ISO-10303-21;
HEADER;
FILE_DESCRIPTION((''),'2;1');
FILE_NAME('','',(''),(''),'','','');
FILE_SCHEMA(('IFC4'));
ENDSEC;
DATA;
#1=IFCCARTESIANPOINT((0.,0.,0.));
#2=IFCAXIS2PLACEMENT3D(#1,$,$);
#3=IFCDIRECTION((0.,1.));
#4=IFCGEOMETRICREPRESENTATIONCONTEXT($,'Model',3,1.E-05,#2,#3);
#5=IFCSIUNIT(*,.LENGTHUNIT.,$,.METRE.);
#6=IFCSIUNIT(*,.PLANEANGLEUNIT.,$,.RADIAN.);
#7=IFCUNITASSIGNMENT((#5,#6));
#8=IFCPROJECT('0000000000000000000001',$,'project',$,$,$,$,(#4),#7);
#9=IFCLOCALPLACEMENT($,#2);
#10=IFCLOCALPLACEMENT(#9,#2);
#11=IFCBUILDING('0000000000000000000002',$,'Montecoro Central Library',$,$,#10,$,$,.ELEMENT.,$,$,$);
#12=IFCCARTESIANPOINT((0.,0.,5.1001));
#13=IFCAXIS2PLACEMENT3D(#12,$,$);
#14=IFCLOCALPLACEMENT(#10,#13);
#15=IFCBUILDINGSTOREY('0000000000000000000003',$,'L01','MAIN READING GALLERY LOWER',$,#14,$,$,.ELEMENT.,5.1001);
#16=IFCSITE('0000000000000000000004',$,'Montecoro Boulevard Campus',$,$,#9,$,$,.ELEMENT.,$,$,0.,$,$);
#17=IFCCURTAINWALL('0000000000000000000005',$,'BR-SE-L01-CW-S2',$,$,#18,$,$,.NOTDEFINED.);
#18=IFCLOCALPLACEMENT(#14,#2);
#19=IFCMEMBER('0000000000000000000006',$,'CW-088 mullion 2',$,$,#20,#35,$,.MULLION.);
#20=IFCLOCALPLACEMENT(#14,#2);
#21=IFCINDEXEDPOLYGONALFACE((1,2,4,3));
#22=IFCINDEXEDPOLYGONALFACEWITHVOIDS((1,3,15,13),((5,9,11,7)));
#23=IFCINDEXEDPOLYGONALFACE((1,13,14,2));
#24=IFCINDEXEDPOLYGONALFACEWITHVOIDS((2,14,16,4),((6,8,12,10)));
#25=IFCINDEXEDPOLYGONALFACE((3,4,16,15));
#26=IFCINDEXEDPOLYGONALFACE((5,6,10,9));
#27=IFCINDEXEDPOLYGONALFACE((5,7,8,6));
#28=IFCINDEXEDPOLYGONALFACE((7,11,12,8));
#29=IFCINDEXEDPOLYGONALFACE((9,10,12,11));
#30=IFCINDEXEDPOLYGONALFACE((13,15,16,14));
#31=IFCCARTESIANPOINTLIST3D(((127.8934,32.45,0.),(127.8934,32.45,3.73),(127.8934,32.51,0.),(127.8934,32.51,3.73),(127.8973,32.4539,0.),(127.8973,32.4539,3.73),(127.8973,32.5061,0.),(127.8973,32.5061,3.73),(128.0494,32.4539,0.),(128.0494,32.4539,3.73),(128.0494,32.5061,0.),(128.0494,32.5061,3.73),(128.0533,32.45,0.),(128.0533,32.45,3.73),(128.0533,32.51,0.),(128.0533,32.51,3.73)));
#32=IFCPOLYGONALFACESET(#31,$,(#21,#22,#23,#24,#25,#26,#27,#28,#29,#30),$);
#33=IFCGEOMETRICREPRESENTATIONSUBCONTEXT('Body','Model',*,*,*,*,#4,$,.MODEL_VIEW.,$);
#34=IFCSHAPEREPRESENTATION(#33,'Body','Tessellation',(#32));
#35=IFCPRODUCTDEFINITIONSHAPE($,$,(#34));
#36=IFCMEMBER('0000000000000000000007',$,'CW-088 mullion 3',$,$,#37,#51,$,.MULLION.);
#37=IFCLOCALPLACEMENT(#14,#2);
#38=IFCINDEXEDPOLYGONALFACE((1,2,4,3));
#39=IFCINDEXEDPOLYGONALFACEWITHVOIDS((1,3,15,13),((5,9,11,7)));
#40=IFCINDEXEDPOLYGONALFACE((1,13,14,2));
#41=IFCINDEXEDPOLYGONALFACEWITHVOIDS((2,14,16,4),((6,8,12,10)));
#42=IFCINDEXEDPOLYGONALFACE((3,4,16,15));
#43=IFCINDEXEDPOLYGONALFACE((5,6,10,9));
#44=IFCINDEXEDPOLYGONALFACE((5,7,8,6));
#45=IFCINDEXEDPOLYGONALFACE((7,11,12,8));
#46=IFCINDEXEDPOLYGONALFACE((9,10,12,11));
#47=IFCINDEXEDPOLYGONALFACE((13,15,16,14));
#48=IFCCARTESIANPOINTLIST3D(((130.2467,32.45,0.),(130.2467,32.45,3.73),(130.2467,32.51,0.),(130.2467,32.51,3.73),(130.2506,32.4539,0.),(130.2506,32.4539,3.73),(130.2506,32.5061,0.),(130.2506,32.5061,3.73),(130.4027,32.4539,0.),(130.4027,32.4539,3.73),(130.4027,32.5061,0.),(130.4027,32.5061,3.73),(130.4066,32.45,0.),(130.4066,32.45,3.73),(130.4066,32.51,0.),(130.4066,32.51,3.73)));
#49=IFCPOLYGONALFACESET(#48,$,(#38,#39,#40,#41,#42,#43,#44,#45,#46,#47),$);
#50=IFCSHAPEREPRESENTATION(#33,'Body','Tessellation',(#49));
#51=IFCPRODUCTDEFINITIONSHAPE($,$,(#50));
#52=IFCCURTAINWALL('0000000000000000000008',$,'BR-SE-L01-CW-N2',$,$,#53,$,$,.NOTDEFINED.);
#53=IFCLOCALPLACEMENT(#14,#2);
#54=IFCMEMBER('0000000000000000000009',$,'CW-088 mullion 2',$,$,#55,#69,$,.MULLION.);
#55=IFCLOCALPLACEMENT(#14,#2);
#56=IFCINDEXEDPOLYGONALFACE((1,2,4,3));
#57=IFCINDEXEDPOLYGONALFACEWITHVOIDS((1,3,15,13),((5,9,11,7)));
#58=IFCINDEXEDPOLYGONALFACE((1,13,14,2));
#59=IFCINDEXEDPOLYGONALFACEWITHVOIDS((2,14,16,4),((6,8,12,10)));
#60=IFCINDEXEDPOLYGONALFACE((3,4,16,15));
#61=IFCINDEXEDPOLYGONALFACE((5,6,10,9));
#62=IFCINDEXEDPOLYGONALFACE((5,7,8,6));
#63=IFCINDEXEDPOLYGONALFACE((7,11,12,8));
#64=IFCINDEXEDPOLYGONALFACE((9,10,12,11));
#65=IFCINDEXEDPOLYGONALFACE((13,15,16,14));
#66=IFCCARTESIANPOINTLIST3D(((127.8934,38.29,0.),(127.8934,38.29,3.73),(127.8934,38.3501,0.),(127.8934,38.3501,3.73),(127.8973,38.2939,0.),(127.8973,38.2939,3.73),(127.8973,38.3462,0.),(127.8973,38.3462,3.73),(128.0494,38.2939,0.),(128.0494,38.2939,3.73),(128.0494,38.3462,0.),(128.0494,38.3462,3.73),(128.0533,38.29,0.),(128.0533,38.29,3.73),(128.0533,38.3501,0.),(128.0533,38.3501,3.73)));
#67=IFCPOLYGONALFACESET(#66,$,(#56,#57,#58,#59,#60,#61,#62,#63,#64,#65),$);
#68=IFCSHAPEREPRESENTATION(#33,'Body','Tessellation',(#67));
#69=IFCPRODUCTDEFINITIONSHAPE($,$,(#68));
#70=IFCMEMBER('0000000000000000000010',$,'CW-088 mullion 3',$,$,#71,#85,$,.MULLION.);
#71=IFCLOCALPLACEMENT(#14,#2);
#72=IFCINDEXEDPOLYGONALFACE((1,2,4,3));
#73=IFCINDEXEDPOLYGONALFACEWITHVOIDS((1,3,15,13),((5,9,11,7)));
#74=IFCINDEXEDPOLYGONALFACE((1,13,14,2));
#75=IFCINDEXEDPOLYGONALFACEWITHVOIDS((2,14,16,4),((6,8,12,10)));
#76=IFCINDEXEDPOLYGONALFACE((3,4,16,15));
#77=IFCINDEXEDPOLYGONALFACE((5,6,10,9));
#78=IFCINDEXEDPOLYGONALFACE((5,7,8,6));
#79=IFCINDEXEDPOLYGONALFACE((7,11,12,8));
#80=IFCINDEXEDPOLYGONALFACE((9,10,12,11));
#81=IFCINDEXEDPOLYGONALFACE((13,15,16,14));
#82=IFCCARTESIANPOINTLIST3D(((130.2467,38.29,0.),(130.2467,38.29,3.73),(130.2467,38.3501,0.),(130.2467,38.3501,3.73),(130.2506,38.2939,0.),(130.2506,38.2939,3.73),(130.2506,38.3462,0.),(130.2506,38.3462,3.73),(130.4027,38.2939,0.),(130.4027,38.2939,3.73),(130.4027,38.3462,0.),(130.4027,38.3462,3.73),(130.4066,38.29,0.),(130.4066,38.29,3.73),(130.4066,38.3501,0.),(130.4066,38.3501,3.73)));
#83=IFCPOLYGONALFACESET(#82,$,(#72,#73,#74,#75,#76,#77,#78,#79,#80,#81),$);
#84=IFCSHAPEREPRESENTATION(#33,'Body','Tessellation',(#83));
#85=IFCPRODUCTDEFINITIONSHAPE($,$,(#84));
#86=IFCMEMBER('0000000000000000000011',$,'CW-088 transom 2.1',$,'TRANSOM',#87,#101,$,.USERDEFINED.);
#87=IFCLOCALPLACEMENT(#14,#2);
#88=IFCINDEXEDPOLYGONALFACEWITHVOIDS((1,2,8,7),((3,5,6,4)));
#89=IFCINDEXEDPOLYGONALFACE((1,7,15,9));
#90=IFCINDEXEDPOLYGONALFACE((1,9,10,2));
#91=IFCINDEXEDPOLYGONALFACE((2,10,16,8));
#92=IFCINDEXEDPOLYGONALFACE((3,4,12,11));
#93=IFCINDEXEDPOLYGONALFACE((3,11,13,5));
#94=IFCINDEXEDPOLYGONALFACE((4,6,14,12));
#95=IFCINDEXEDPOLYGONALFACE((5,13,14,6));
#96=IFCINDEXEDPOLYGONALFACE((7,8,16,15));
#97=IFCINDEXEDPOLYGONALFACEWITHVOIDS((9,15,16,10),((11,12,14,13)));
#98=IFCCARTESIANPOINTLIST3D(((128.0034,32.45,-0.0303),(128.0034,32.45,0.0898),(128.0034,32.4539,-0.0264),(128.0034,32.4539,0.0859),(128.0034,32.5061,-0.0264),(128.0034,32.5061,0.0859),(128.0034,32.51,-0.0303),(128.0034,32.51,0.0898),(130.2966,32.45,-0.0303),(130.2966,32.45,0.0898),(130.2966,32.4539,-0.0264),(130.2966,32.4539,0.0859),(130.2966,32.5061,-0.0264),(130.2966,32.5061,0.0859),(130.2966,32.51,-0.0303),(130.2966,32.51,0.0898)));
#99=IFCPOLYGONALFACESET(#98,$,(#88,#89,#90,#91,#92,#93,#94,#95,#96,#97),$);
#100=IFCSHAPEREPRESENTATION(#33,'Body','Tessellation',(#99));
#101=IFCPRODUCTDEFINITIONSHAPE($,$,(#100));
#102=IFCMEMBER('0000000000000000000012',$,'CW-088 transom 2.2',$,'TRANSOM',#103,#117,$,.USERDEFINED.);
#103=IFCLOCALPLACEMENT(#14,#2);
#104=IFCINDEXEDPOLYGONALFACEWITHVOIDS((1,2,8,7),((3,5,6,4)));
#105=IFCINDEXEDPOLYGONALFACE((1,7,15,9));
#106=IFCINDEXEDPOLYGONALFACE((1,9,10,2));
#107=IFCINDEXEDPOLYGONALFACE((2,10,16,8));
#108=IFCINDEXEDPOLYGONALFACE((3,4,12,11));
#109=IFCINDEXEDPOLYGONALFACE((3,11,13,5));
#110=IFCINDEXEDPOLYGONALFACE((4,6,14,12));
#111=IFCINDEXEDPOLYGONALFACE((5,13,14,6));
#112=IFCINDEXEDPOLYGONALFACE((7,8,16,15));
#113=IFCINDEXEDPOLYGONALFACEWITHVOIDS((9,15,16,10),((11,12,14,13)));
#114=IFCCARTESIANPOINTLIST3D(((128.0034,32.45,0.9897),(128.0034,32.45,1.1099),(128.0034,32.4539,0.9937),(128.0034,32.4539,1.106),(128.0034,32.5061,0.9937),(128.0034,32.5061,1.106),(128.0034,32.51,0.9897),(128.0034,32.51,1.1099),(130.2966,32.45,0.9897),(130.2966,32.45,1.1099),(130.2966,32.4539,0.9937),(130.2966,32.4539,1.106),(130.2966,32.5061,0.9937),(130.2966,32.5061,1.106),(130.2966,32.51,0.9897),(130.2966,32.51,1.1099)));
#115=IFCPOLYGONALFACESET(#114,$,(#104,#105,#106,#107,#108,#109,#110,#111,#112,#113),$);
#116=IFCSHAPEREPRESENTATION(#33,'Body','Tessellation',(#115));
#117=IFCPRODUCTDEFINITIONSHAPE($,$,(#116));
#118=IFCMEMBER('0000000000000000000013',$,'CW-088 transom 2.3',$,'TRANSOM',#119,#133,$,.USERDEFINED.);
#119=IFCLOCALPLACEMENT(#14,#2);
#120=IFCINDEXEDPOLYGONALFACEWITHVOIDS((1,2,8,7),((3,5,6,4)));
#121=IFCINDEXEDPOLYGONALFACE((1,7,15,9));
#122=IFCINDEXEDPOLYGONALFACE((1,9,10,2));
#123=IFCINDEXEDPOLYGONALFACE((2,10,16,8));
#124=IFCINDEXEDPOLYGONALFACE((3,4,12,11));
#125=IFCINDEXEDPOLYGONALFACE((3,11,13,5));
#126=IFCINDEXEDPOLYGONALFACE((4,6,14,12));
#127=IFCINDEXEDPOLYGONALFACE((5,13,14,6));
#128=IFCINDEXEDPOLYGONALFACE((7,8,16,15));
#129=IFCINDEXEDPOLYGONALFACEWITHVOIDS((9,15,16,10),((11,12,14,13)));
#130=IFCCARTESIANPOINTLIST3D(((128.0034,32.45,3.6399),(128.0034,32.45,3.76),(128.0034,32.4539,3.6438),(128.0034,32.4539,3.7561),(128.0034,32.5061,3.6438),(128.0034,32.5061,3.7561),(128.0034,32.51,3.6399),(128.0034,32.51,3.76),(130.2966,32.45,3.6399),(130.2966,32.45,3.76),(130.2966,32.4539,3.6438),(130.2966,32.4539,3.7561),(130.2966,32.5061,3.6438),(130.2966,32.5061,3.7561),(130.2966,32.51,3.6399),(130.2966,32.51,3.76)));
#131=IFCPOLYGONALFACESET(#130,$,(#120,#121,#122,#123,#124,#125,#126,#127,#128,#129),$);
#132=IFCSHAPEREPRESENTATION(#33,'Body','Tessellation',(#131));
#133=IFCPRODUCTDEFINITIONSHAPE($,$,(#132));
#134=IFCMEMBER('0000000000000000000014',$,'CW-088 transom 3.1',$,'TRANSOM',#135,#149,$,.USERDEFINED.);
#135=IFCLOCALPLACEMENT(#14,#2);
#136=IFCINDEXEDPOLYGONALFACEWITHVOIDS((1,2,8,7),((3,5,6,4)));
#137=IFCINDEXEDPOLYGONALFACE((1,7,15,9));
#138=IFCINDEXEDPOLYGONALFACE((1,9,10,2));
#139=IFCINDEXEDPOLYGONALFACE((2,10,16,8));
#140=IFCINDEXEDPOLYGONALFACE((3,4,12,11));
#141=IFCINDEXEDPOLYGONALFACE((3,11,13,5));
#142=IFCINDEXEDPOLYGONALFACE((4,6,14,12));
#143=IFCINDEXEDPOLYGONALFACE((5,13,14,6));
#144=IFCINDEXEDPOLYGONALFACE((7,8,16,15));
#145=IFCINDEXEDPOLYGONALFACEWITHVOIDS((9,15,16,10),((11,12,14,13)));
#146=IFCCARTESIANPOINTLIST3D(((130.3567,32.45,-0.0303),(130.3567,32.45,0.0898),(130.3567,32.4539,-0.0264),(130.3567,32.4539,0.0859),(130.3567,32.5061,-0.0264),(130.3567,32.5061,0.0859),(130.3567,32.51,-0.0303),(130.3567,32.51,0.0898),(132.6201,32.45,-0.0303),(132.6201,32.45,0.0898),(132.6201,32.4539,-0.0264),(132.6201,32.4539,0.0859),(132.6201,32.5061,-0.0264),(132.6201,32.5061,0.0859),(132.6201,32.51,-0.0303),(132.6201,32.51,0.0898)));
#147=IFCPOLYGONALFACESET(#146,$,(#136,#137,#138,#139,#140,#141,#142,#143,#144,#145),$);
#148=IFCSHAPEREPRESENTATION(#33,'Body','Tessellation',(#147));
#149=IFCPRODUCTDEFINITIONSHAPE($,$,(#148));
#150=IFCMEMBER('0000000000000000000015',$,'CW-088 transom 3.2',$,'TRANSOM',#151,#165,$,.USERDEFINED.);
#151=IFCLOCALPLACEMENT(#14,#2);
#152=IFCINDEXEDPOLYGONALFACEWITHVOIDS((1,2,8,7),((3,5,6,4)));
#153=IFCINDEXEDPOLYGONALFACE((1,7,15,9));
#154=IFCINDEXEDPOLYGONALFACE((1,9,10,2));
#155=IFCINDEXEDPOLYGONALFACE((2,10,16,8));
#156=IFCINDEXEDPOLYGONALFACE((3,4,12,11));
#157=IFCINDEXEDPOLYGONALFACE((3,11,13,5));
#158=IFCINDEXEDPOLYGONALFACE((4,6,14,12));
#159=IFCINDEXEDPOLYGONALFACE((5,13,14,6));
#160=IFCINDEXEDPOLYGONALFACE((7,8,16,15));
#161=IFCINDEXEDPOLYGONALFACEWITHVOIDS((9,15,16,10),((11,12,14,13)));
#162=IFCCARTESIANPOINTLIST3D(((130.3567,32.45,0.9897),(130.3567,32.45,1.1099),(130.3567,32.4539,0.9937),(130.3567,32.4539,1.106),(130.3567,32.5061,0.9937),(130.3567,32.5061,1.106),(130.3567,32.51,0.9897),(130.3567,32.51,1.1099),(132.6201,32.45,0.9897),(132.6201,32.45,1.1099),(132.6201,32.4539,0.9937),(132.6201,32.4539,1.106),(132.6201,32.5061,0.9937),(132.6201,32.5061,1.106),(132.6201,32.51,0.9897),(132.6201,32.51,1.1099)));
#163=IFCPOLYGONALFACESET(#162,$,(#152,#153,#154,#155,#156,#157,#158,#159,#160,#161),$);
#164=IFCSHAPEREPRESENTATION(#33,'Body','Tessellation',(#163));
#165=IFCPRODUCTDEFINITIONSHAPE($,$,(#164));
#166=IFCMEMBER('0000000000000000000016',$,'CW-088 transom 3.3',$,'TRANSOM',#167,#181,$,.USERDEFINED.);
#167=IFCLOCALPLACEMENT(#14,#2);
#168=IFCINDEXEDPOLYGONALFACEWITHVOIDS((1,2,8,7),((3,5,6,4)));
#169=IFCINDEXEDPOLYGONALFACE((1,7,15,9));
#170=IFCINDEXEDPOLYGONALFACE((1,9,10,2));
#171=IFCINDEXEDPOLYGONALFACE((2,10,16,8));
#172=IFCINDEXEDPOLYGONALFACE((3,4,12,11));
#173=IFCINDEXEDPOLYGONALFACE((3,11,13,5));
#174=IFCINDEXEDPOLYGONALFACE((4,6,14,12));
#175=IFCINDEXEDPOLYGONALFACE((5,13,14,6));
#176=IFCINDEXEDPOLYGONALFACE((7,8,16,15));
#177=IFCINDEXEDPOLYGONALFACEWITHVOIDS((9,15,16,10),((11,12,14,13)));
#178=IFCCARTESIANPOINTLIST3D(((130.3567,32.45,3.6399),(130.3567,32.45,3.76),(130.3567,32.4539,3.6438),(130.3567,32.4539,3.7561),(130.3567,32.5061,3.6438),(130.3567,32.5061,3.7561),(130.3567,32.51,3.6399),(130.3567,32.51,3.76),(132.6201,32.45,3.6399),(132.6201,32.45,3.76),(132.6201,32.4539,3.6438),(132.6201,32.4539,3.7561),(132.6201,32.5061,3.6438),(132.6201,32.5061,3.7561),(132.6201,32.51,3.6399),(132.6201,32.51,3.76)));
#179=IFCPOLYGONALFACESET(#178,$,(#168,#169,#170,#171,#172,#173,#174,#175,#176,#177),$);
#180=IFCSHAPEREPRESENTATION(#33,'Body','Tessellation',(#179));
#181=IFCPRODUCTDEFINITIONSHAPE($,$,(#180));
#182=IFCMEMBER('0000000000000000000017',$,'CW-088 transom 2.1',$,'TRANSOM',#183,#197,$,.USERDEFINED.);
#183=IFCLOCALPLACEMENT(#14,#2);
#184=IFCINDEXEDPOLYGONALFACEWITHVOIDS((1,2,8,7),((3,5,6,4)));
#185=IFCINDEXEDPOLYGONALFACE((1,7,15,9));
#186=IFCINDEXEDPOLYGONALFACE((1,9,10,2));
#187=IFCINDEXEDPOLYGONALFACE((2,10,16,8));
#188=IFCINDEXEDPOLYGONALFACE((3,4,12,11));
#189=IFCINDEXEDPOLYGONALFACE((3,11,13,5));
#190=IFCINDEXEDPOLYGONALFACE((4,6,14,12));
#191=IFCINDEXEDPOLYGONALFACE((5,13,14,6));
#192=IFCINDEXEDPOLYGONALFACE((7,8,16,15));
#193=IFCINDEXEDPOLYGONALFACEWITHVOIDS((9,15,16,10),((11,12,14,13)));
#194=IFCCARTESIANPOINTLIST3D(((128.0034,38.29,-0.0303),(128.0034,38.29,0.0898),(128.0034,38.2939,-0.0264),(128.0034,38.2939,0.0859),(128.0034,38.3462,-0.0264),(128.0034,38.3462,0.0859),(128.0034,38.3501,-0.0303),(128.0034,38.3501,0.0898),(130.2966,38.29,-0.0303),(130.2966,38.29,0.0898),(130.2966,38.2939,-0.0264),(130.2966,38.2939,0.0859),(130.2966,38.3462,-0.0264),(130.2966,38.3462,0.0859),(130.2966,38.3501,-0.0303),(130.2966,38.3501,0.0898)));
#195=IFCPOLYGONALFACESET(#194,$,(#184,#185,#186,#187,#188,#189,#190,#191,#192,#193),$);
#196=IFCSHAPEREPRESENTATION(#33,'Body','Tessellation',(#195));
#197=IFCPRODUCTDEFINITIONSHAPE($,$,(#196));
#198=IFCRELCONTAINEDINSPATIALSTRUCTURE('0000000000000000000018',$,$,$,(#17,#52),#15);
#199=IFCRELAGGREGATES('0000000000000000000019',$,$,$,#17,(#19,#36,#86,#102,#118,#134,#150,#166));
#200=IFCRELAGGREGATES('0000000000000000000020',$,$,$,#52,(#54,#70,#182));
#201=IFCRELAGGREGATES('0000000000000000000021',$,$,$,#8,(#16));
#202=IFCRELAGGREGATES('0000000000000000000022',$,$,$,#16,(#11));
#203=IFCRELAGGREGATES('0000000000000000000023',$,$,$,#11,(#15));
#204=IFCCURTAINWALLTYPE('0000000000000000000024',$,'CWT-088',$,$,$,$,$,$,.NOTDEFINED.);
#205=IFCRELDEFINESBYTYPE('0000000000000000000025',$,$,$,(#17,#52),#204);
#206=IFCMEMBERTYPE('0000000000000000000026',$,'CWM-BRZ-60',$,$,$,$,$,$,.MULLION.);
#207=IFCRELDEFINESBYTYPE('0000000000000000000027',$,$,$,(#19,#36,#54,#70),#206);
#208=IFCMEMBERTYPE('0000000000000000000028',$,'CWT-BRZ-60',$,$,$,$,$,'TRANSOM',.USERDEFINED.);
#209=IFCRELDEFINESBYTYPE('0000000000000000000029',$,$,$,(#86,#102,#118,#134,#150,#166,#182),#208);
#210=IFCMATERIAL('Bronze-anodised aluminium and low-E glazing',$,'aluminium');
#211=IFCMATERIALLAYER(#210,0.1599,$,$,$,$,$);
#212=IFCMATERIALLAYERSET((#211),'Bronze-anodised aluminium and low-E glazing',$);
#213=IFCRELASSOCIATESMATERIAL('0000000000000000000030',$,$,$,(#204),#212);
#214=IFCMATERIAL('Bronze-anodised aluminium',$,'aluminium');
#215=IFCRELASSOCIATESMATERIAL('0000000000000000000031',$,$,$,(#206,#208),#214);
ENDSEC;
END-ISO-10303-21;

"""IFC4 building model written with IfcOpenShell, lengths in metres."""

from ifc_helpers import new_model, si_unit, direction, frame, origin, origin_2d, place, context, subcontext, project, spatial, hollow_rectangle, extrude, material, layer, layer_set, material_profile, profile_set, type_object, element, aggregate, save


model = new_model("IFC4")

# Units and contexts
model_context = context("Model", 3, precision=1e-05, world=origin(), true_north=direction((0.0, 1.0)))
body_context = subcontext(model_context, "Body", "Model", "MODEL_VIEW")
ifc_project = project(units=[si_unit("LENGTHUNIT", "METRE"), si_unit("PLANEANGLEUNIT", "RADIAN")], contexts=[model_context])

# Site, building, storey
site_placement = place(None, origin())
site = spatial("IfcSite", under=ifc_project, at=site_placement, Name="Montecoro Boulevard Campus", CompositionType="ELEMENT", RefElevation=0.0)
building_placement = place(site_placement, origin())
building = spatial("IfcBuilding", under=site, at=building_placement, Name="Montecoro Central Library", CompositionType="ELEMENT")
storey_placement = place(building_placement, frame((0.0, 0.0, 5.1001)))
storey = spatial("IfcBuildingStorey", under=building, at=storey_placement, Name="L01", Description="MAIN READING GALLERY LOWER", CompositionType="ELEMENT", Elevation=5.1001)

# Curtain walls, members
ifc_material_1 = material(Name="Bronze-anodised aluminium and low-E glazing", Category="aluminium")
ifc_layer_1 = layer(ifc_material_1, 0.1599)
ifc_layer_set_1 = layer_set([ifc_layer_1], Name="Bronze-anodised aluminium and low-E glazing")
curtain_wall_type = type_object("IfcCurtainWallType", Name="CWT-088", PredefinedType="NOTDEFINED", material=ifc_layer_set_1)
curtain_wall_1_placement = place(storey_placement, origin())
curtain_wall_1 = element("IfcCurtainWall", 1, at=curtain_wall_1_placement, inside=storey, type_object=curtain_wall_type, Name="BR-SE-L01-CW-S2", PredefinedType="NOTDEFINED")
ifc_material_2 = material(Name="Bronze-anodised aluminium", Category="aluminium")
ifc_material_profile_1 = material_profile(ifc_material_2, hollow_rectangle(XDim=0.0601, YDim=0.1599, WallThickness=0.0039, at=origin_2d()), Name="CWM 160x60x4.0")
ifc_profile_set_1 = profile_set([ifc_material_profile_1], Name="Bronze-anodised aluminium")
member_type_1 = type_object("IfcMemberType", Name="CWM-BRZ-60", PredefinedType="MULLION", material=ifc_profile_set_1)
member_1_placement = place(storey_placement, frame((127.9734, 32.48, 0.0), z_axis=(0.0, 0.0, 1.0), x_axis=(0.0, 1.0, 0.0)))
member_1 = element("IfcMember", 2, at=member_1_placement, type_object=member_type_1, Name="CW-088 mullion 2", PredefinedType="MULLION", context=body_context, shape_type="SweptSolid", body=[
    extrude(hollow_rectangle(XDim=0.0601, YDim=0.1599, WallThickness=0.0039, at=origin_2d()), origin(), (0.0, 0.0, 1.0), 3.73),
])
member_2_placement = place(storey_placement, frame((130.3267, 32.48, 0.0), z_axis=(0.0, 0.0, 1.0), x_axis=(0.0, 1.0, 0.0)))
member_2 = element("IfcMember", 3, at=member_2_placement, type_object=member_type_1, Name="CW-088 mullion 3", PredefinedType="MULLION", context=body_context, shape_type="SweptSolid", body=[
    extrude(hollow_rectangle(XDim=0.0601, YDim=0.1599, WallThickness=0.0039, at=origin_2d()), origin(), (0.0, 0.0, 1.0), 3.73),
])
curtain_wall_2_placement = place(storey_placement, origin())
curtain_wall_2 = element("IfcCurtainWall", 4, at=curtain_wall_2_placement, inside=storey, type_object=curtain_wall_type, Name="BR-SE-L01-CW-N2", PredefinedType="NOTDEFINED")
member_3_placement = place(storey_placement, frame((127.9734, 38.3201, 0.0), z_axis=(0.0, 0.0, 1.0), x_axis=(0.0, 1.0, 0.0)))
member_3 = element("IfcMember", 5, at=member_3_placement, type_object=member_type_1, Name="CW-088 mullion 2", PredefinedType="MULLION", context=body_context, shape_type="SweptSolid", body=[
    extrude(hollow_rectangle(XDim=0.0601, YDim=0.1599, WallThickness=0.0039, at=origin_2d()), origin(), (0.0, 0.0, 1.0), 3.73),
])
member_4_placement = place(storey_placement, frame((130.3267, 38.3201, 0.0), z_axis=(0.0, 0.0, 1.0), x_axis=(0.0, 1.0, 0.0)))
member_4 = element("IfcMember", 6, at=member_4_placement, type_object=member_type_1, Name="CW-088 mullion 3", PredefinedType="MULLION", context=body_context, shape_type="SweptSolid", body=[
    extrude(hollow_rectangle(XDim=0.0601, YDim=0.1599, WallThickness=0.0039, at=origin_2d()), origin(), (0.0, 0.0, 1.0), 3.73),
])

# Members
ifc_material_profile_2 = material_profile(ifc_material_2, hollow_rectangle(XDim=0.0601, YDim=0.1201, WallThickness=0.0039, at=origin_2d()), Name="CWT 120x60x4.0")
ifc_profile_set_2 = profile_set([ifc_material_profile_2], Name="Bronze-anodised aluminium")
member_type_2 = type_object("IfcMemberType", Name="CWT-BRZ-60", ElementType="TRANSOM", PredefinedType="USERDEFINED", material=ifc_profile_set_2)
member_5_placement = place(storey_placement, frame((128.0034, 32.48, 0.0298), z_axis=(1.0, 0.0, 0.0), x_axis=(0.0, 1.0, 0.0)))
member_5 = element("IfcMember", 7, at=member_5_placement, type_object=member_type_2, Name="CW-088 transom 2.1", ObjectType="TRANSOM", PredefinedType="USERDEFINED", context=body_context, shape_type="SweptSolid", body=[
    extrude(hollow_rectangle(XDim=0.0601, YDim=0.1201, WallThickness=0.0039, at=origin_2d()), origin(), (0.0, 0.0, 1.0), 2.2932),
])
member_6_placement = place(storey_placement, frame((128.0034, 32.48, 1.0498), z_axis=(1.0, 0.0, 0.0), x_axis=(0.0, 1.0, 0.0)))
member_6 = element("IfcMember", 8, at=member_6_placement, type_object=member_type_2, Name="CW-088 transom 2.2", ObjectType="TRANSOM", PredefinedType="USERDEFINED", context=body_context, shape_type="SweptSolid", body=[
    extrude(hollow_rectangle(XDim=0.0601, YDim=0.1201, WallThickness=0.0039, at=origin_2d()), origin(), (0.0, 0.0, 1.0), 2.2932),
])
member_7_placement = place(storey_placement, frame((128.0034, 32.48, 3.7), z_axis=(1.0, 0.0, 0.0), x_axis=(0.0, 1.0, 0.0)))
member_7 = element("IfcMember", 9, at=member_7_placement, type_object=member_type_2, Name="CW-088 transom 2.3", ObjectType="TRANSOM", PredefinedType="USERDEFINED", context=body_context, shape_type="SweptSolid", body=[
    extrude(hollow_rectangle(XDim=0.0601, YDim=0.1201, WallThickness=0.0039, at=origin_2d()), origin(), (0.0, 0.0, 1.0), 2.2932),
])
member_8_placement = place(storey_placement, frame((130.3567, 32.48, 0.0298), z_axis=(1.0, 0.0, 0.0), x_axis=(0.0, 1.0, 0.0)))
member_8 = element("IfcMember", 10, at=member_8_placement, type_object=member_type_2, Name="CW-088 transom 3.1", ObjectType="TRANSOM", PredefinedType="USERDEFINED", context=body_context, shape_type="SweptSolid", body=[
    extrude(hollow_rectangle(XDim=0.0601, YDim=0.1201, WallThickness=0.0039, at=origin_2d()), origin(), (0.0, 0.0, 1.0), 2.2634),
])
member_9_placement = place(storey_placement, frame((130.3567, 32.48, 1.0498), z_axis=(1.0, 0.0, 0.0), x_axis=(0.0, 1.0, 0.0)))
member_9 = element("IfcMember", 11, at=member_9_placement, type_object=member_type_2, Name="CW-088 transom 3.2", ObjectType="TRANSOM", PredefinedType="USERDEFINED", context=body_context, shape_type="SweptSolid", body=[
    extrude(hollow_rectangle(XDim=0.0601, YDim=0.1201, WallThickness=0.0039, at=origin_2d()), origin(), (0.0, 0.0, 1.0), 2.2634),
])
member_10_placement = place(storey_placement, frame((130.3567, 32.48, 3.7), z_axis=(1.0, 0.0, 0.0), x_axis=(0.0, 1.0, 0.0)))
member_10 = element("IfcMember", 12, at=member_10_placement, type_object=member_type_2, Name="CW-088 transom 3.3", ObjectType="TRANSOM", PredefinedType="USERDEFINED", context=body_context, shape_type="SweptSolid", body=[
    extrude(hollow_rectangle(XDim=0.0601, YDim=0.1201, WallThickness=0.0039, at=origin_2d()), origin(), (0.0, 0.0, 1.0), 2.2634),
])
member_11_placement = place(storey_placement, frame((128.0034, 38.3201, 0.0298), z_axis=(1.0, 0.0, 0.0), x_axis=(0.0, 1.0, 0.0)))
member_11 = element("IfcMember", 13, at=member_11_placement, type_object=member_type_2, Name="CW-088 transom 2.1", ObjectType="TRANSOM", PredefinedType="USERDEFINED", context=body_context, shape_type="SweptSolid", body=[
    extrude(hollow_rectangle(XDim=0.0601, YDim=0.1201, WallThickness=0.0039, at=origin_2d()), origin(), (0.0, 0.0, 1.0), 2.2932),
])

aggregate(curtain_wall_1, [member_1, member_2, member_5, member_6, member_7, member_8, member_9, member_10])
aggregate(curtain_wall_2, [member_3, member_4, member_11])

save(model, "model.ifc")
